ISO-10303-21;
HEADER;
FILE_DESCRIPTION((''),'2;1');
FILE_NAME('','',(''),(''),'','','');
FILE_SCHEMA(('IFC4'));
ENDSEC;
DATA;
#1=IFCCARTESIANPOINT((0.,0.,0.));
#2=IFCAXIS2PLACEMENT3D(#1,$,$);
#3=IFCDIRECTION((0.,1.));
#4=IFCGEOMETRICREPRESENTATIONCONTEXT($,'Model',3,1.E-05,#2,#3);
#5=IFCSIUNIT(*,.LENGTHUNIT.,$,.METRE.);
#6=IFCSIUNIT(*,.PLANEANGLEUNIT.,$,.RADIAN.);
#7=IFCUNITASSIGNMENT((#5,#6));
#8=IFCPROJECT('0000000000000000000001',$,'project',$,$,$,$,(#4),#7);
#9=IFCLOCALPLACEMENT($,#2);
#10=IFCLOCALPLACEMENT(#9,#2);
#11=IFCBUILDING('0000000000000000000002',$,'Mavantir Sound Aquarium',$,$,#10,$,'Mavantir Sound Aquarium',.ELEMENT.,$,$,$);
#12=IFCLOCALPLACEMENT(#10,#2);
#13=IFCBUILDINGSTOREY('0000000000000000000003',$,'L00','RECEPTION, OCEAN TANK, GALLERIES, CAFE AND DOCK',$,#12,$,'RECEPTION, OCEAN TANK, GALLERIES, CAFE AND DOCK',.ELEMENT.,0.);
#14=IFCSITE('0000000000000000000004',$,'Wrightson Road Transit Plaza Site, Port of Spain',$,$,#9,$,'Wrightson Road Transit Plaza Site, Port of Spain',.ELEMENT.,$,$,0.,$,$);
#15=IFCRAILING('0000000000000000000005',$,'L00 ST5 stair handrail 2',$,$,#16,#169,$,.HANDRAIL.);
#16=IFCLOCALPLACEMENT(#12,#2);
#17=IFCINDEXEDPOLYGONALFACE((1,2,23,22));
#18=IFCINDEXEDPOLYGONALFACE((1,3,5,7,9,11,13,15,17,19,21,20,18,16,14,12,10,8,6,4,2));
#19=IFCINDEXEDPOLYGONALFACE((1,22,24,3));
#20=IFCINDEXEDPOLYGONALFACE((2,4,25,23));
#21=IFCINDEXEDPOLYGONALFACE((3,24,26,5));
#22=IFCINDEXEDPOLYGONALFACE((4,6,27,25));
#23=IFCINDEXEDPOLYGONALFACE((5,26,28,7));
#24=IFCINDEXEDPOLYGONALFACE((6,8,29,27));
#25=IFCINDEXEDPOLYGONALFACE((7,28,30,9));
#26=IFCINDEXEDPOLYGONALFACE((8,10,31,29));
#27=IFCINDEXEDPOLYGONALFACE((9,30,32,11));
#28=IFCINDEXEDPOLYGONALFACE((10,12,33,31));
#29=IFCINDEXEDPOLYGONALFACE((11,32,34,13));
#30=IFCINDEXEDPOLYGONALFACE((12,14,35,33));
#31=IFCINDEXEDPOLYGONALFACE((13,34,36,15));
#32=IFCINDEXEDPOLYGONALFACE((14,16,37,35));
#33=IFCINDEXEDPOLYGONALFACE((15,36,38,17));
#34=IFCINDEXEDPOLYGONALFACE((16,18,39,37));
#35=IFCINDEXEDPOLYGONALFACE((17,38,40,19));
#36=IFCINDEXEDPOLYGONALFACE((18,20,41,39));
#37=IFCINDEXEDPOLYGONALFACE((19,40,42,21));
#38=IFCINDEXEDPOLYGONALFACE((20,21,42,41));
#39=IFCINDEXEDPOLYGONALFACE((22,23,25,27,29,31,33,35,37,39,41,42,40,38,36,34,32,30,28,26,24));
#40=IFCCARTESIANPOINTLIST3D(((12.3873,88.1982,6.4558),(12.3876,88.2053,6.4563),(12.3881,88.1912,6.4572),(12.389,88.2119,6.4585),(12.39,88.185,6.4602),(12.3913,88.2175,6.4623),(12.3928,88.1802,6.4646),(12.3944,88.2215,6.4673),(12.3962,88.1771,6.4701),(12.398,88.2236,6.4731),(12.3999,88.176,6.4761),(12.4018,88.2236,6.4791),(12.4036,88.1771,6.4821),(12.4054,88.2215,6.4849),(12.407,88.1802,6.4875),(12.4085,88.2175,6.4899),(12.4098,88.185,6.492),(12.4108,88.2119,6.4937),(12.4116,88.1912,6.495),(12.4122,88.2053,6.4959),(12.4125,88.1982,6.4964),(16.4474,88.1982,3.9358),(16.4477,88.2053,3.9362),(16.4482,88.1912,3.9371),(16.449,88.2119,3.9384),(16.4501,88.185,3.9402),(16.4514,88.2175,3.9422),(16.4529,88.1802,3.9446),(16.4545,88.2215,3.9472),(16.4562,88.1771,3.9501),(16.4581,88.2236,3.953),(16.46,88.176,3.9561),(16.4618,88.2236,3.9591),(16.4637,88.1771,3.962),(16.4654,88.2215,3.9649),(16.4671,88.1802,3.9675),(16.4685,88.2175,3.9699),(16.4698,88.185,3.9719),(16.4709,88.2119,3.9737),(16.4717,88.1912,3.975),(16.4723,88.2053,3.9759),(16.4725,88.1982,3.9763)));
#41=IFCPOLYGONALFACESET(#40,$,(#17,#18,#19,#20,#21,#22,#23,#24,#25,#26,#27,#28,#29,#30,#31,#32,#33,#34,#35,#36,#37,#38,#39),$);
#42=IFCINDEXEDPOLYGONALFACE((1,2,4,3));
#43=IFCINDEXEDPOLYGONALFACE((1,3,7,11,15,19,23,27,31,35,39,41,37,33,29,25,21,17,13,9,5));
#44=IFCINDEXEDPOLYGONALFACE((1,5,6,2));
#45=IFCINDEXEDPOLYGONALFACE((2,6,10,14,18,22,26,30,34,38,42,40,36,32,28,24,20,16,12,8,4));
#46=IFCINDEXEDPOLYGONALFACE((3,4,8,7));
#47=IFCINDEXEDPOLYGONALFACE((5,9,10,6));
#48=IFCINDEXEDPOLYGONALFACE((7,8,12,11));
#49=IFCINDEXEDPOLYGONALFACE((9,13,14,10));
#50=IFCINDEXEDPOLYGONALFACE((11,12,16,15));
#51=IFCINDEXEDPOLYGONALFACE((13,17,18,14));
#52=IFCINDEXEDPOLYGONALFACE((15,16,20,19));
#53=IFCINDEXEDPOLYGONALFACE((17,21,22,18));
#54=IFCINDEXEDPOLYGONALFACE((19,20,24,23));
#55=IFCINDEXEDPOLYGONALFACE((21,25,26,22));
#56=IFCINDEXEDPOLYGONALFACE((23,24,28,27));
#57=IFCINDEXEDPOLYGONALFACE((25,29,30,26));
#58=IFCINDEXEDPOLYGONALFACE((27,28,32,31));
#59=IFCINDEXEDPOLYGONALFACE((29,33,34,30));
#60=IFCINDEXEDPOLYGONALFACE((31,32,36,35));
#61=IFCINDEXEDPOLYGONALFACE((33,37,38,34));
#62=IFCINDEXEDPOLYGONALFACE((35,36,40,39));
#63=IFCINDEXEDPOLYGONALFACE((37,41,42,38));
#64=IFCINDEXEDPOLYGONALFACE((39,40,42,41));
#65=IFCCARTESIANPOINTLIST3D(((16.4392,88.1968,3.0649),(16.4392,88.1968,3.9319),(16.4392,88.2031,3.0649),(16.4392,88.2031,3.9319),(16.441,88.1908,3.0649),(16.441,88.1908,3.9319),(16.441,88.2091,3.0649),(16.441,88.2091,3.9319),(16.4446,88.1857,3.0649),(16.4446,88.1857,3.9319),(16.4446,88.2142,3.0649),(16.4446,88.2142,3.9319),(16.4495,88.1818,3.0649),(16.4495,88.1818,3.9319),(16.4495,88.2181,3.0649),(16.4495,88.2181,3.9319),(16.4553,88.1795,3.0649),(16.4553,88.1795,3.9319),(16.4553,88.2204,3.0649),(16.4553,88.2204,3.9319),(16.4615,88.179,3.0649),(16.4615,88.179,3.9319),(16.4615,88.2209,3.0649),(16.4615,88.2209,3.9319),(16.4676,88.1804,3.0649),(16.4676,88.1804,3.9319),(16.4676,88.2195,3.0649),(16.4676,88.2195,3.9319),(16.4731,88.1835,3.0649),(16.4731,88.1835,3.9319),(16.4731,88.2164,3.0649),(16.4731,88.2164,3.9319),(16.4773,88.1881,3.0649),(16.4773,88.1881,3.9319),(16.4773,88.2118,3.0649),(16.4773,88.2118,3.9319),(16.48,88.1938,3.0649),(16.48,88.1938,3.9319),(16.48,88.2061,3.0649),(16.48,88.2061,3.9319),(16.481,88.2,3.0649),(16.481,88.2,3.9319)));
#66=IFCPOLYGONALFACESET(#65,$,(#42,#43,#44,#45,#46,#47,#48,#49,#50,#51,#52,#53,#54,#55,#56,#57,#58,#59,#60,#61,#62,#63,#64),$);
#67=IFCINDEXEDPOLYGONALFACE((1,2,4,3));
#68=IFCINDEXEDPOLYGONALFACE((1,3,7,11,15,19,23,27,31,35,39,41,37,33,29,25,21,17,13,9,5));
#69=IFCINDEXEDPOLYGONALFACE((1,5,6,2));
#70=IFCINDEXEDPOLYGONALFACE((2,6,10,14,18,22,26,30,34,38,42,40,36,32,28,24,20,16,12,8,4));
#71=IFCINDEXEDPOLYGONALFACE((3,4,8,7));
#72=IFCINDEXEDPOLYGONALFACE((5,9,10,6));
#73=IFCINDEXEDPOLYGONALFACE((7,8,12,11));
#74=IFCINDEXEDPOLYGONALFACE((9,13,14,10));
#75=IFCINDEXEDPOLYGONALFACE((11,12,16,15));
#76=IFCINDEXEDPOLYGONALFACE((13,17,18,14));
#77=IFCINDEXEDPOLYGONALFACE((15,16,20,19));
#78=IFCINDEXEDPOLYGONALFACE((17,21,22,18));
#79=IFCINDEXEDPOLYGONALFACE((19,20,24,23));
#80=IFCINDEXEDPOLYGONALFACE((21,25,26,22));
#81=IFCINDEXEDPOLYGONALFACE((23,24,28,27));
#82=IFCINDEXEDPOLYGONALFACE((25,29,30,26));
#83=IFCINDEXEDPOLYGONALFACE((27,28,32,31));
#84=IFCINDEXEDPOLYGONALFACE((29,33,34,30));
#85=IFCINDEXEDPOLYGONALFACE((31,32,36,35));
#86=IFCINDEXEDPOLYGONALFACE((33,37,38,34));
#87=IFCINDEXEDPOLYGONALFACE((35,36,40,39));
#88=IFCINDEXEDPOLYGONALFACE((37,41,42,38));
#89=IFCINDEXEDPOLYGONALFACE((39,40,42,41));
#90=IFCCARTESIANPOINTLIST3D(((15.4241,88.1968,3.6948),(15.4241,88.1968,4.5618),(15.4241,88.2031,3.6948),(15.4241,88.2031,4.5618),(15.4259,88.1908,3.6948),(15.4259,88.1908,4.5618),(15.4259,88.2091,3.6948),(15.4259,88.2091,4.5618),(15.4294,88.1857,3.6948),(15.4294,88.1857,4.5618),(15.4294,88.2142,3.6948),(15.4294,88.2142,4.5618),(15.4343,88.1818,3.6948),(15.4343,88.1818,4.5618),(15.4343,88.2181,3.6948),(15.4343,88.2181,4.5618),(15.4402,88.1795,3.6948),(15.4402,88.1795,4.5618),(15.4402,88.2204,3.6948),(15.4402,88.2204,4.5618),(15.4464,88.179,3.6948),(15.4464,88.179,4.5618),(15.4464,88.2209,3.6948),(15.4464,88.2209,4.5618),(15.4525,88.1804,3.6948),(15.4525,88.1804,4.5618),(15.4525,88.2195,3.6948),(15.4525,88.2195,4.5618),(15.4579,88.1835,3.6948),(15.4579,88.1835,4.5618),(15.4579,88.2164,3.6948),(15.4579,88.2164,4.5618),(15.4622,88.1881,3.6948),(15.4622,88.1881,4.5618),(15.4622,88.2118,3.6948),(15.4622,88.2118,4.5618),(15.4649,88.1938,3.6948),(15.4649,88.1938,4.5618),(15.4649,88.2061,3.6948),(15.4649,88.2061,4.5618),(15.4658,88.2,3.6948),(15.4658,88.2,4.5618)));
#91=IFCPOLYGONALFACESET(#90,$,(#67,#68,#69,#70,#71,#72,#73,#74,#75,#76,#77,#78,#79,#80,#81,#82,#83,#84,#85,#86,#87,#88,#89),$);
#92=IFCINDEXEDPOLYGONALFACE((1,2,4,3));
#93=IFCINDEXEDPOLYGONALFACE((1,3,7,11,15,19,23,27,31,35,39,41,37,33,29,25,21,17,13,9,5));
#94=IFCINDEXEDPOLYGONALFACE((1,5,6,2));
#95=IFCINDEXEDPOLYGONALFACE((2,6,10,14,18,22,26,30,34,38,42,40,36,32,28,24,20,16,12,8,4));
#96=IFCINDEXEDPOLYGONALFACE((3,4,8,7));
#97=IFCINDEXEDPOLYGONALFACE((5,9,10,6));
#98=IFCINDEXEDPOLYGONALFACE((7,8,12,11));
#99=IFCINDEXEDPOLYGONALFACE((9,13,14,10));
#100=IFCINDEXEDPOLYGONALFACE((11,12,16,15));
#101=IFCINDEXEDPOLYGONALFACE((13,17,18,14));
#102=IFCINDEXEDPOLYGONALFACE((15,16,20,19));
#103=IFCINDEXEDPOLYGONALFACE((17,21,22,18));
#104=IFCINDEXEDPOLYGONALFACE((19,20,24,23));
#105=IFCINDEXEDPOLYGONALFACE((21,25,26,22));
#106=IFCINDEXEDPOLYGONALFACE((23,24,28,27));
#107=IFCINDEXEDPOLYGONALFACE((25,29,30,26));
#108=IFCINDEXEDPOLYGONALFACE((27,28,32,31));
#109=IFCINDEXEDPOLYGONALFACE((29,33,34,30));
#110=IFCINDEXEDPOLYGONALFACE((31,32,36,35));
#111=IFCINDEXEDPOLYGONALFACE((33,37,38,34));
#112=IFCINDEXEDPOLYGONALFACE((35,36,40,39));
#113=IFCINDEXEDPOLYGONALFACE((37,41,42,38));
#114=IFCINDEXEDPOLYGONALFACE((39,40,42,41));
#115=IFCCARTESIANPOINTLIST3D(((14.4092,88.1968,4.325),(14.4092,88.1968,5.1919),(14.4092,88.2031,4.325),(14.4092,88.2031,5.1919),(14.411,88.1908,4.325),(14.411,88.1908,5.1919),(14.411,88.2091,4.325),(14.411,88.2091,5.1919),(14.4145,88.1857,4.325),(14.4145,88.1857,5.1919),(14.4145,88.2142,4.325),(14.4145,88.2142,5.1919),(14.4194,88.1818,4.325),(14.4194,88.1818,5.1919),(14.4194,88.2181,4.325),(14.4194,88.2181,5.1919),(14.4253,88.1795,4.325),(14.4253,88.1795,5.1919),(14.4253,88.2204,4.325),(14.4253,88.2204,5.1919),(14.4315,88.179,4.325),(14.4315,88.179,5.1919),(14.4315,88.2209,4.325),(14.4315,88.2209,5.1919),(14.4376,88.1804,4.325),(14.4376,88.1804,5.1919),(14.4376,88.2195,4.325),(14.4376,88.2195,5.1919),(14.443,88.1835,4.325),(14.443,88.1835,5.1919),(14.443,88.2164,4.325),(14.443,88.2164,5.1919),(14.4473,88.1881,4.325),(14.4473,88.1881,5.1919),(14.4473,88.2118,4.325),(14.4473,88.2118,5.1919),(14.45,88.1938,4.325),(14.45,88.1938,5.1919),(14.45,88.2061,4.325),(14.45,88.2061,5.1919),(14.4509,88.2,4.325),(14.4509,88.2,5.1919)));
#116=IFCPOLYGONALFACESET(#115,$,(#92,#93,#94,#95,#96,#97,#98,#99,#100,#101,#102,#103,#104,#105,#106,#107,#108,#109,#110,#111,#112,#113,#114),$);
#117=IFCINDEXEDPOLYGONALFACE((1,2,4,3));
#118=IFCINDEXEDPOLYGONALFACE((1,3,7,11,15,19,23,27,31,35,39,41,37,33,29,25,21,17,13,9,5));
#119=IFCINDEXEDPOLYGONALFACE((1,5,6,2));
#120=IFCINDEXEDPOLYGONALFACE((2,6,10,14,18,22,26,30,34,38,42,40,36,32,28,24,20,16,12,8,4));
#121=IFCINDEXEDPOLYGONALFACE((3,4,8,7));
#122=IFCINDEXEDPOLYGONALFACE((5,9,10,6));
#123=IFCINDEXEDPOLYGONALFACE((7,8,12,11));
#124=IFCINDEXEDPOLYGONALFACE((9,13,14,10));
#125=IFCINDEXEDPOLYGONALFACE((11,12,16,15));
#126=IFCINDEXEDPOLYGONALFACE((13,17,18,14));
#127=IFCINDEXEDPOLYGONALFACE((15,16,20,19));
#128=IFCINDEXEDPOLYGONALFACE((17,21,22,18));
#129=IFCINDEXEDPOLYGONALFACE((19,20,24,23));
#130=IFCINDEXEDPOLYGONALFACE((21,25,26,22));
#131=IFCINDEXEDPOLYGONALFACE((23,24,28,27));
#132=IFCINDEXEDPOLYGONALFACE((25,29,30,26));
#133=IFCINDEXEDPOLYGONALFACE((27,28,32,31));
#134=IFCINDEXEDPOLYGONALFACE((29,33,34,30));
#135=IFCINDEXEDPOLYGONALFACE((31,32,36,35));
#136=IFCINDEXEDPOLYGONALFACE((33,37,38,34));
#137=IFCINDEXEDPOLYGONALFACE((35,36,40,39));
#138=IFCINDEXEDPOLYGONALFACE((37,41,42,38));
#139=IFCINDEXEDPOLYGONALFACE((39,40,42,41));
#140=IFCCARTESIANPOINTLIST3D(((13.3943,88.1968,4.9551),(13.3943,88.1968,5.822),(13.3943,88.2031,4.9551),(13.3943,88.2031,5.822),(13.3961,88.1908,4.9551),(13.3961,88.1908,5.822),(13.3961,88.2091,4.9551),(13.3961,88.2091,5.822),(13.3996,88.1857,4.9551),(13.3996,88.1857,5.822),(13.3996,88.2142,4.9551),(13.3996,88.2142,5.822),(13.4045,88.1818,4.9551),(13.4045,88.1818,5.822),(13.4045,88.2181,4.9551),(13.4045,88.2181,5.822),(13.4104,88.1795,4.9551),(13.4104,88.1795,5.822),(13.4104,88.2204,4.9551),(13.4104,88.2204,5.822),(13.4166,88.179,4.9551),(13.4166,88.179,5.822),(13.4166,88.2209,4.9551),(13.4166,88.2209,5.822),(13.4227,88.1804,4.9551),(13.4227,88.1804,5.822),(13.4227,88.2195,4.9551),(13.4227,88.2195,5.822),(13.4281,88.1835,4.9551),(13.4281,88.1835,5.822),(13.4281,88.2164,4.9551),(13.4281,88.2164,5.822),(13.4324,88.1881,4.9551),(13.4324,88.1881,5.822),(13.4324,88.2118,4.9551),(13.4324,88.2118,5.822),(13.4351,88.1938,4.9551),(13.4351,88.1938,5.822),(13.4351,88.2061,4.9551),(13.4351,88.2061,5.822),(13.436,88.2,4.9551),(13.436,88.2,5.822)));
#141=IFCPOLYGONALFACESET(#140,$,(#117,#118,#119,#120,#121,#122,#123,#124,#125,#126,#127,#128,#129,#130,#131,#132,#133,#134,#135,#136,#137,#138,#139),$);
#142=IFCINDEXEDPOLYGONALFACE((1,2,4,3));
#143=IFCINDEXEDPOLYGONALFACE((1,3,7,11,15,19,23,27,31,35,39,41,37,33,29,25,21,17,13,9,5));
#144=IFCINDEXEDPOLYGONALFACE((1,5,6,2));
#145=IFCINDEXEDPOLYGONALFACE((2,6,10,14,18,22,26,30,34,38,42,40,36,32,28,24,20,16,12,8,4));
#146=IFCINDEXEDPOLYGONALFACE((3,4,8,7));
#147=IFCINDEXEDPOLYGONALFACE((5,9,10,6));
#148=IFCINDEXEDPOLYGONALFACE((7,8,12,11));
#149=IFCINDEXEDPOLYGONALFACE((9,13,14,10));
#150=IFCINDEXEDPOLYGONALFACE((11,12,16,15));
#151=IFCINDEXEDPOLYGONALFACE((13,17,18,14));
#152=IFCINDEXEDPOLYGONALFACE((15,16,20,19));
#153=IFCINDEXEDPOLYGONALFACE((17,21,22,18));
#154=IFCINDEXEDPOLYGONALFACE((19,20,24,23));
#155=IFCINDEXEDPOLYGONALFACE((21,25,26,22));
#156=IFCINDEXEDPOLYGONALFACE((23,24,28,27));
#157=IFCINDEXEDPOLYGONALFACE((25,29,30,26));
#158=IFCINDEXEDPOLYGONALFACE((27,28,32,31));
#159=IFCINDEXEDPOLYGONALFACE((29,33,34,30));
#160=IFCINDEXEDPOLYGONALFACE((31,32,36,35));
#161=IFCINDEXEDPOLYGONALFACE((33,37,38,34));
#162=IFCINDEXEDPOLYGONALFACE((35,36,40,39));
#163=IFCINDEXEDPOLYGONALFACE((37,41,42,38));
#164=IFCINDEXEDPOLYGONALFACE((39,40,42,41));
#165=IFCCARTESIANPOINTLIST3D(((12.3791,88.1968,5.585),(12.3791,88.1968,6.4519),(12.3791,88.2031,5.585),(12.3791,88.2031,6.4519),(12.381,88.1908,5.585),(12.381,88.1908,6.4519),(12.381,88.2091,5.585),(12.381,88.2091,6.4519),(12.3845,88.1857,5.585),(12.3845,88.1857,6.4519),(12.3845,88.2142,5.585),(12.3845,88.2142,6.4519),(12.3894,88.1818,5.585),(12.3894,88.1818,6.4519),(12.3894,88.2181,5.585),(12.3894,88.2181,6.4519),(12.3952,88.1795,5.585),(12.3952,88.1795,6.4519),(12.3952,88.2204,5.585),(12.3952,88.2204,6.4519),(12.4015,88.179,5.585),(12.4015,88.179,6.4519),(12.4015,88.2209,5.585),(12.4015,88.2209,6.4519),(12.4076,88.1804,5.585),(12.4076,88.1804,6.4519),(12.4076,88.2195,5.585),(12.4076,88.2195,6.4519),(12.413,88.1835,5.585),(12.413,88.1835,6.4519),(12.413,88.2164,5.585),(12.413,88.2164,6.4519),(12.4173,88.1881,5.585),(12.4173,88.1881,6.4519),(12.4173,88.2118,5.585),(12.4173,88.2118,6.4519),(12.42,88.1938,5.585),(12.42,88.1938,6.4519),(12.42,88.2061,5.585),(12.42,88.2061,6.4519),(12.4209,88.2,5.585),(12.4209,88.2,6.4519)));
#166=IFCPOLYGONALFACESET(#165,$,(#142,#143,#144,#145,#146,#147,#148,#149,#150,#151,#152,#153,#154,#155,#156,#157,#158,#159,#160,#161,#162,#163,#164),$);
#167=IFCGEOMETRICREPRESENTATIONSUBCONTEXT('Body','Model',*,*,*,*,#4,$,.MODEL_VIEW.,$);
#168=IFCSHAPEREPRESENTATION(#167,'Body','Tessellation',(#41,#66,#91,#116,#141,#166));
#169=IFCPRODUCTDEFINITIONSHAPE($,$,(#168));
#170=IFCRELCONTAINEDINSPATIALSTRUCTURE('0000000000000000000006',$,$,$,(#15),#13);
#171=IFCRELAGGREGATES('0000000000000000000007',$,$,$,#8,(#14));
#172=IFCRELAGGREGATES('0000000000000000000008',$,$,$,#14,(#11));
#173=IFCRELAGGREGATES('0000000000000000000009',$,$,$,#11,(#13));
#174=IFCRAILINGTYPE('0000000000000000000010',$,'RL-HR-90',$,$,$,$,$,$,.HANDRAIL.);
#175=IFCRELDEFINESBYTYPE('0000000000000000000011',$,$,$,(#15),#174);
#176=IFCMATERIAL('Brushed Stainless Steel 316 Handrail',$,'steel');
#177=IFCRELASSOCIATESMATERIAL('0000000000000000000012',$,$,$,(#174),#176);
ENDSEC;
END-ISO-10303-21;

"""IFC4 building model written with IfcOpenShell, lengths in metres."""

from ifc_helpers import new_model, si_unit, direction, frame, origin, origin_2d, place, context, subcontext, project, spatial, circle, extrude, material, type_object, element, save


model = new_model("IFC4")

# Units and contexts
model_context = context("Model", 3, precision=1e-05, world=origin(), true_north=direction((0.0, 1.0)))
body_context = subcontext(model_context, "Body", "Model", "MODEL_VIEW")
ifc_project = project(units=[si_unit("LENGTHUNIT", "METRE"), si_unit("PLANEANGLEUNIT", "RADIAN")], contexts=[model_context])

# Site, building, storey
site_placement = place(None, origin())
site = spatial("IfcSite", under=ifc_project, at=site_placement, Name="Wrightson Road Transit Plaza Site, Port of Spain", LongName="Wrightson Road Transit Plaza Site, Port of Spain", CompositionType="ELEMENT", RefElevation=0.0)
building_placement = place(site_placement, origin())
building = spatial("IfcBuilding", under=site, at=building_placement, Name="Mavantir Sound Aquarium", LongName="Mavantir Sound Aquarium", CompositionType="ELEMENT")
storey_placement = place(building_placement, origin())
storey = spatial("IfcBuildingStorey", under=building, at=storey_placement, Name="L00", Description="RECEPTION, OCEAN TANK, GALLERIES, CAFE AND DOCK", LongName="RECEPTION, OCEAN TANK, GALLERIES, CAFE AND DOCK", CompositionType="ELEMENT", Elevation=0.0)

# Railing
ifc_material_1 = material(Name="Brushed Stainless Steel 316 Handrail", Category="steel")
railing_type_1 = type_object("IfcRailingType", Name="RL-HR-90", PredefinedType="HANDRAIL", material=ifc_material_1)
railing_1_placement = place(storey_placement, frame((16.46, 88.2, 3.0649)))
element("IfcRailing", 1, at=railing_1_placement, inside=storey, type_object=railing_type_1, Name="L00 ST5 stair handrail 2", PredefinedType="HANDRAIL", context=body_context, shape_type="SweptSolid", body=[
    extrude(circle(Radius=0.0239, at=origin_2d()), frame((0.0, 0.0, 0.8911), z_axis=(-0.849642, 0.0, 0.52736), x_axis=(0.0, -1.0, 0.0)), (0.0, 0.0, 1.0), 4.7786),
    extrude(circle(Radius=0.021, at=origin_2d()), origin(), (0.0, 0.0, 1.0), 0.8669),
    extrude(circle(Radius=0.021, at=origin_2d()), frame((-1.0151, 0.0, 0.6299)), (0.0, 0.0, 1.0), 0.8669),
    extrude(circle(Radius=0.021, at=origin_2d()), frame((-2.03, 0.0, 1.26)), (0.0, 0.0, 1.0), 0.8669),
    extrude(circle(Radius=0.021, at=origin_2d()), frame((-3.0449, 0.0, 1.8901)), (0.0, 0.0, 1.0), 0.8669),
    extrude(circle(Radius=0.021, at=origin_2d()), frame((-4.0601, 0.0, 2.52)), (0.0, 0.0, 1.0), 0.8669),
])

save(model, "model.ifc")
